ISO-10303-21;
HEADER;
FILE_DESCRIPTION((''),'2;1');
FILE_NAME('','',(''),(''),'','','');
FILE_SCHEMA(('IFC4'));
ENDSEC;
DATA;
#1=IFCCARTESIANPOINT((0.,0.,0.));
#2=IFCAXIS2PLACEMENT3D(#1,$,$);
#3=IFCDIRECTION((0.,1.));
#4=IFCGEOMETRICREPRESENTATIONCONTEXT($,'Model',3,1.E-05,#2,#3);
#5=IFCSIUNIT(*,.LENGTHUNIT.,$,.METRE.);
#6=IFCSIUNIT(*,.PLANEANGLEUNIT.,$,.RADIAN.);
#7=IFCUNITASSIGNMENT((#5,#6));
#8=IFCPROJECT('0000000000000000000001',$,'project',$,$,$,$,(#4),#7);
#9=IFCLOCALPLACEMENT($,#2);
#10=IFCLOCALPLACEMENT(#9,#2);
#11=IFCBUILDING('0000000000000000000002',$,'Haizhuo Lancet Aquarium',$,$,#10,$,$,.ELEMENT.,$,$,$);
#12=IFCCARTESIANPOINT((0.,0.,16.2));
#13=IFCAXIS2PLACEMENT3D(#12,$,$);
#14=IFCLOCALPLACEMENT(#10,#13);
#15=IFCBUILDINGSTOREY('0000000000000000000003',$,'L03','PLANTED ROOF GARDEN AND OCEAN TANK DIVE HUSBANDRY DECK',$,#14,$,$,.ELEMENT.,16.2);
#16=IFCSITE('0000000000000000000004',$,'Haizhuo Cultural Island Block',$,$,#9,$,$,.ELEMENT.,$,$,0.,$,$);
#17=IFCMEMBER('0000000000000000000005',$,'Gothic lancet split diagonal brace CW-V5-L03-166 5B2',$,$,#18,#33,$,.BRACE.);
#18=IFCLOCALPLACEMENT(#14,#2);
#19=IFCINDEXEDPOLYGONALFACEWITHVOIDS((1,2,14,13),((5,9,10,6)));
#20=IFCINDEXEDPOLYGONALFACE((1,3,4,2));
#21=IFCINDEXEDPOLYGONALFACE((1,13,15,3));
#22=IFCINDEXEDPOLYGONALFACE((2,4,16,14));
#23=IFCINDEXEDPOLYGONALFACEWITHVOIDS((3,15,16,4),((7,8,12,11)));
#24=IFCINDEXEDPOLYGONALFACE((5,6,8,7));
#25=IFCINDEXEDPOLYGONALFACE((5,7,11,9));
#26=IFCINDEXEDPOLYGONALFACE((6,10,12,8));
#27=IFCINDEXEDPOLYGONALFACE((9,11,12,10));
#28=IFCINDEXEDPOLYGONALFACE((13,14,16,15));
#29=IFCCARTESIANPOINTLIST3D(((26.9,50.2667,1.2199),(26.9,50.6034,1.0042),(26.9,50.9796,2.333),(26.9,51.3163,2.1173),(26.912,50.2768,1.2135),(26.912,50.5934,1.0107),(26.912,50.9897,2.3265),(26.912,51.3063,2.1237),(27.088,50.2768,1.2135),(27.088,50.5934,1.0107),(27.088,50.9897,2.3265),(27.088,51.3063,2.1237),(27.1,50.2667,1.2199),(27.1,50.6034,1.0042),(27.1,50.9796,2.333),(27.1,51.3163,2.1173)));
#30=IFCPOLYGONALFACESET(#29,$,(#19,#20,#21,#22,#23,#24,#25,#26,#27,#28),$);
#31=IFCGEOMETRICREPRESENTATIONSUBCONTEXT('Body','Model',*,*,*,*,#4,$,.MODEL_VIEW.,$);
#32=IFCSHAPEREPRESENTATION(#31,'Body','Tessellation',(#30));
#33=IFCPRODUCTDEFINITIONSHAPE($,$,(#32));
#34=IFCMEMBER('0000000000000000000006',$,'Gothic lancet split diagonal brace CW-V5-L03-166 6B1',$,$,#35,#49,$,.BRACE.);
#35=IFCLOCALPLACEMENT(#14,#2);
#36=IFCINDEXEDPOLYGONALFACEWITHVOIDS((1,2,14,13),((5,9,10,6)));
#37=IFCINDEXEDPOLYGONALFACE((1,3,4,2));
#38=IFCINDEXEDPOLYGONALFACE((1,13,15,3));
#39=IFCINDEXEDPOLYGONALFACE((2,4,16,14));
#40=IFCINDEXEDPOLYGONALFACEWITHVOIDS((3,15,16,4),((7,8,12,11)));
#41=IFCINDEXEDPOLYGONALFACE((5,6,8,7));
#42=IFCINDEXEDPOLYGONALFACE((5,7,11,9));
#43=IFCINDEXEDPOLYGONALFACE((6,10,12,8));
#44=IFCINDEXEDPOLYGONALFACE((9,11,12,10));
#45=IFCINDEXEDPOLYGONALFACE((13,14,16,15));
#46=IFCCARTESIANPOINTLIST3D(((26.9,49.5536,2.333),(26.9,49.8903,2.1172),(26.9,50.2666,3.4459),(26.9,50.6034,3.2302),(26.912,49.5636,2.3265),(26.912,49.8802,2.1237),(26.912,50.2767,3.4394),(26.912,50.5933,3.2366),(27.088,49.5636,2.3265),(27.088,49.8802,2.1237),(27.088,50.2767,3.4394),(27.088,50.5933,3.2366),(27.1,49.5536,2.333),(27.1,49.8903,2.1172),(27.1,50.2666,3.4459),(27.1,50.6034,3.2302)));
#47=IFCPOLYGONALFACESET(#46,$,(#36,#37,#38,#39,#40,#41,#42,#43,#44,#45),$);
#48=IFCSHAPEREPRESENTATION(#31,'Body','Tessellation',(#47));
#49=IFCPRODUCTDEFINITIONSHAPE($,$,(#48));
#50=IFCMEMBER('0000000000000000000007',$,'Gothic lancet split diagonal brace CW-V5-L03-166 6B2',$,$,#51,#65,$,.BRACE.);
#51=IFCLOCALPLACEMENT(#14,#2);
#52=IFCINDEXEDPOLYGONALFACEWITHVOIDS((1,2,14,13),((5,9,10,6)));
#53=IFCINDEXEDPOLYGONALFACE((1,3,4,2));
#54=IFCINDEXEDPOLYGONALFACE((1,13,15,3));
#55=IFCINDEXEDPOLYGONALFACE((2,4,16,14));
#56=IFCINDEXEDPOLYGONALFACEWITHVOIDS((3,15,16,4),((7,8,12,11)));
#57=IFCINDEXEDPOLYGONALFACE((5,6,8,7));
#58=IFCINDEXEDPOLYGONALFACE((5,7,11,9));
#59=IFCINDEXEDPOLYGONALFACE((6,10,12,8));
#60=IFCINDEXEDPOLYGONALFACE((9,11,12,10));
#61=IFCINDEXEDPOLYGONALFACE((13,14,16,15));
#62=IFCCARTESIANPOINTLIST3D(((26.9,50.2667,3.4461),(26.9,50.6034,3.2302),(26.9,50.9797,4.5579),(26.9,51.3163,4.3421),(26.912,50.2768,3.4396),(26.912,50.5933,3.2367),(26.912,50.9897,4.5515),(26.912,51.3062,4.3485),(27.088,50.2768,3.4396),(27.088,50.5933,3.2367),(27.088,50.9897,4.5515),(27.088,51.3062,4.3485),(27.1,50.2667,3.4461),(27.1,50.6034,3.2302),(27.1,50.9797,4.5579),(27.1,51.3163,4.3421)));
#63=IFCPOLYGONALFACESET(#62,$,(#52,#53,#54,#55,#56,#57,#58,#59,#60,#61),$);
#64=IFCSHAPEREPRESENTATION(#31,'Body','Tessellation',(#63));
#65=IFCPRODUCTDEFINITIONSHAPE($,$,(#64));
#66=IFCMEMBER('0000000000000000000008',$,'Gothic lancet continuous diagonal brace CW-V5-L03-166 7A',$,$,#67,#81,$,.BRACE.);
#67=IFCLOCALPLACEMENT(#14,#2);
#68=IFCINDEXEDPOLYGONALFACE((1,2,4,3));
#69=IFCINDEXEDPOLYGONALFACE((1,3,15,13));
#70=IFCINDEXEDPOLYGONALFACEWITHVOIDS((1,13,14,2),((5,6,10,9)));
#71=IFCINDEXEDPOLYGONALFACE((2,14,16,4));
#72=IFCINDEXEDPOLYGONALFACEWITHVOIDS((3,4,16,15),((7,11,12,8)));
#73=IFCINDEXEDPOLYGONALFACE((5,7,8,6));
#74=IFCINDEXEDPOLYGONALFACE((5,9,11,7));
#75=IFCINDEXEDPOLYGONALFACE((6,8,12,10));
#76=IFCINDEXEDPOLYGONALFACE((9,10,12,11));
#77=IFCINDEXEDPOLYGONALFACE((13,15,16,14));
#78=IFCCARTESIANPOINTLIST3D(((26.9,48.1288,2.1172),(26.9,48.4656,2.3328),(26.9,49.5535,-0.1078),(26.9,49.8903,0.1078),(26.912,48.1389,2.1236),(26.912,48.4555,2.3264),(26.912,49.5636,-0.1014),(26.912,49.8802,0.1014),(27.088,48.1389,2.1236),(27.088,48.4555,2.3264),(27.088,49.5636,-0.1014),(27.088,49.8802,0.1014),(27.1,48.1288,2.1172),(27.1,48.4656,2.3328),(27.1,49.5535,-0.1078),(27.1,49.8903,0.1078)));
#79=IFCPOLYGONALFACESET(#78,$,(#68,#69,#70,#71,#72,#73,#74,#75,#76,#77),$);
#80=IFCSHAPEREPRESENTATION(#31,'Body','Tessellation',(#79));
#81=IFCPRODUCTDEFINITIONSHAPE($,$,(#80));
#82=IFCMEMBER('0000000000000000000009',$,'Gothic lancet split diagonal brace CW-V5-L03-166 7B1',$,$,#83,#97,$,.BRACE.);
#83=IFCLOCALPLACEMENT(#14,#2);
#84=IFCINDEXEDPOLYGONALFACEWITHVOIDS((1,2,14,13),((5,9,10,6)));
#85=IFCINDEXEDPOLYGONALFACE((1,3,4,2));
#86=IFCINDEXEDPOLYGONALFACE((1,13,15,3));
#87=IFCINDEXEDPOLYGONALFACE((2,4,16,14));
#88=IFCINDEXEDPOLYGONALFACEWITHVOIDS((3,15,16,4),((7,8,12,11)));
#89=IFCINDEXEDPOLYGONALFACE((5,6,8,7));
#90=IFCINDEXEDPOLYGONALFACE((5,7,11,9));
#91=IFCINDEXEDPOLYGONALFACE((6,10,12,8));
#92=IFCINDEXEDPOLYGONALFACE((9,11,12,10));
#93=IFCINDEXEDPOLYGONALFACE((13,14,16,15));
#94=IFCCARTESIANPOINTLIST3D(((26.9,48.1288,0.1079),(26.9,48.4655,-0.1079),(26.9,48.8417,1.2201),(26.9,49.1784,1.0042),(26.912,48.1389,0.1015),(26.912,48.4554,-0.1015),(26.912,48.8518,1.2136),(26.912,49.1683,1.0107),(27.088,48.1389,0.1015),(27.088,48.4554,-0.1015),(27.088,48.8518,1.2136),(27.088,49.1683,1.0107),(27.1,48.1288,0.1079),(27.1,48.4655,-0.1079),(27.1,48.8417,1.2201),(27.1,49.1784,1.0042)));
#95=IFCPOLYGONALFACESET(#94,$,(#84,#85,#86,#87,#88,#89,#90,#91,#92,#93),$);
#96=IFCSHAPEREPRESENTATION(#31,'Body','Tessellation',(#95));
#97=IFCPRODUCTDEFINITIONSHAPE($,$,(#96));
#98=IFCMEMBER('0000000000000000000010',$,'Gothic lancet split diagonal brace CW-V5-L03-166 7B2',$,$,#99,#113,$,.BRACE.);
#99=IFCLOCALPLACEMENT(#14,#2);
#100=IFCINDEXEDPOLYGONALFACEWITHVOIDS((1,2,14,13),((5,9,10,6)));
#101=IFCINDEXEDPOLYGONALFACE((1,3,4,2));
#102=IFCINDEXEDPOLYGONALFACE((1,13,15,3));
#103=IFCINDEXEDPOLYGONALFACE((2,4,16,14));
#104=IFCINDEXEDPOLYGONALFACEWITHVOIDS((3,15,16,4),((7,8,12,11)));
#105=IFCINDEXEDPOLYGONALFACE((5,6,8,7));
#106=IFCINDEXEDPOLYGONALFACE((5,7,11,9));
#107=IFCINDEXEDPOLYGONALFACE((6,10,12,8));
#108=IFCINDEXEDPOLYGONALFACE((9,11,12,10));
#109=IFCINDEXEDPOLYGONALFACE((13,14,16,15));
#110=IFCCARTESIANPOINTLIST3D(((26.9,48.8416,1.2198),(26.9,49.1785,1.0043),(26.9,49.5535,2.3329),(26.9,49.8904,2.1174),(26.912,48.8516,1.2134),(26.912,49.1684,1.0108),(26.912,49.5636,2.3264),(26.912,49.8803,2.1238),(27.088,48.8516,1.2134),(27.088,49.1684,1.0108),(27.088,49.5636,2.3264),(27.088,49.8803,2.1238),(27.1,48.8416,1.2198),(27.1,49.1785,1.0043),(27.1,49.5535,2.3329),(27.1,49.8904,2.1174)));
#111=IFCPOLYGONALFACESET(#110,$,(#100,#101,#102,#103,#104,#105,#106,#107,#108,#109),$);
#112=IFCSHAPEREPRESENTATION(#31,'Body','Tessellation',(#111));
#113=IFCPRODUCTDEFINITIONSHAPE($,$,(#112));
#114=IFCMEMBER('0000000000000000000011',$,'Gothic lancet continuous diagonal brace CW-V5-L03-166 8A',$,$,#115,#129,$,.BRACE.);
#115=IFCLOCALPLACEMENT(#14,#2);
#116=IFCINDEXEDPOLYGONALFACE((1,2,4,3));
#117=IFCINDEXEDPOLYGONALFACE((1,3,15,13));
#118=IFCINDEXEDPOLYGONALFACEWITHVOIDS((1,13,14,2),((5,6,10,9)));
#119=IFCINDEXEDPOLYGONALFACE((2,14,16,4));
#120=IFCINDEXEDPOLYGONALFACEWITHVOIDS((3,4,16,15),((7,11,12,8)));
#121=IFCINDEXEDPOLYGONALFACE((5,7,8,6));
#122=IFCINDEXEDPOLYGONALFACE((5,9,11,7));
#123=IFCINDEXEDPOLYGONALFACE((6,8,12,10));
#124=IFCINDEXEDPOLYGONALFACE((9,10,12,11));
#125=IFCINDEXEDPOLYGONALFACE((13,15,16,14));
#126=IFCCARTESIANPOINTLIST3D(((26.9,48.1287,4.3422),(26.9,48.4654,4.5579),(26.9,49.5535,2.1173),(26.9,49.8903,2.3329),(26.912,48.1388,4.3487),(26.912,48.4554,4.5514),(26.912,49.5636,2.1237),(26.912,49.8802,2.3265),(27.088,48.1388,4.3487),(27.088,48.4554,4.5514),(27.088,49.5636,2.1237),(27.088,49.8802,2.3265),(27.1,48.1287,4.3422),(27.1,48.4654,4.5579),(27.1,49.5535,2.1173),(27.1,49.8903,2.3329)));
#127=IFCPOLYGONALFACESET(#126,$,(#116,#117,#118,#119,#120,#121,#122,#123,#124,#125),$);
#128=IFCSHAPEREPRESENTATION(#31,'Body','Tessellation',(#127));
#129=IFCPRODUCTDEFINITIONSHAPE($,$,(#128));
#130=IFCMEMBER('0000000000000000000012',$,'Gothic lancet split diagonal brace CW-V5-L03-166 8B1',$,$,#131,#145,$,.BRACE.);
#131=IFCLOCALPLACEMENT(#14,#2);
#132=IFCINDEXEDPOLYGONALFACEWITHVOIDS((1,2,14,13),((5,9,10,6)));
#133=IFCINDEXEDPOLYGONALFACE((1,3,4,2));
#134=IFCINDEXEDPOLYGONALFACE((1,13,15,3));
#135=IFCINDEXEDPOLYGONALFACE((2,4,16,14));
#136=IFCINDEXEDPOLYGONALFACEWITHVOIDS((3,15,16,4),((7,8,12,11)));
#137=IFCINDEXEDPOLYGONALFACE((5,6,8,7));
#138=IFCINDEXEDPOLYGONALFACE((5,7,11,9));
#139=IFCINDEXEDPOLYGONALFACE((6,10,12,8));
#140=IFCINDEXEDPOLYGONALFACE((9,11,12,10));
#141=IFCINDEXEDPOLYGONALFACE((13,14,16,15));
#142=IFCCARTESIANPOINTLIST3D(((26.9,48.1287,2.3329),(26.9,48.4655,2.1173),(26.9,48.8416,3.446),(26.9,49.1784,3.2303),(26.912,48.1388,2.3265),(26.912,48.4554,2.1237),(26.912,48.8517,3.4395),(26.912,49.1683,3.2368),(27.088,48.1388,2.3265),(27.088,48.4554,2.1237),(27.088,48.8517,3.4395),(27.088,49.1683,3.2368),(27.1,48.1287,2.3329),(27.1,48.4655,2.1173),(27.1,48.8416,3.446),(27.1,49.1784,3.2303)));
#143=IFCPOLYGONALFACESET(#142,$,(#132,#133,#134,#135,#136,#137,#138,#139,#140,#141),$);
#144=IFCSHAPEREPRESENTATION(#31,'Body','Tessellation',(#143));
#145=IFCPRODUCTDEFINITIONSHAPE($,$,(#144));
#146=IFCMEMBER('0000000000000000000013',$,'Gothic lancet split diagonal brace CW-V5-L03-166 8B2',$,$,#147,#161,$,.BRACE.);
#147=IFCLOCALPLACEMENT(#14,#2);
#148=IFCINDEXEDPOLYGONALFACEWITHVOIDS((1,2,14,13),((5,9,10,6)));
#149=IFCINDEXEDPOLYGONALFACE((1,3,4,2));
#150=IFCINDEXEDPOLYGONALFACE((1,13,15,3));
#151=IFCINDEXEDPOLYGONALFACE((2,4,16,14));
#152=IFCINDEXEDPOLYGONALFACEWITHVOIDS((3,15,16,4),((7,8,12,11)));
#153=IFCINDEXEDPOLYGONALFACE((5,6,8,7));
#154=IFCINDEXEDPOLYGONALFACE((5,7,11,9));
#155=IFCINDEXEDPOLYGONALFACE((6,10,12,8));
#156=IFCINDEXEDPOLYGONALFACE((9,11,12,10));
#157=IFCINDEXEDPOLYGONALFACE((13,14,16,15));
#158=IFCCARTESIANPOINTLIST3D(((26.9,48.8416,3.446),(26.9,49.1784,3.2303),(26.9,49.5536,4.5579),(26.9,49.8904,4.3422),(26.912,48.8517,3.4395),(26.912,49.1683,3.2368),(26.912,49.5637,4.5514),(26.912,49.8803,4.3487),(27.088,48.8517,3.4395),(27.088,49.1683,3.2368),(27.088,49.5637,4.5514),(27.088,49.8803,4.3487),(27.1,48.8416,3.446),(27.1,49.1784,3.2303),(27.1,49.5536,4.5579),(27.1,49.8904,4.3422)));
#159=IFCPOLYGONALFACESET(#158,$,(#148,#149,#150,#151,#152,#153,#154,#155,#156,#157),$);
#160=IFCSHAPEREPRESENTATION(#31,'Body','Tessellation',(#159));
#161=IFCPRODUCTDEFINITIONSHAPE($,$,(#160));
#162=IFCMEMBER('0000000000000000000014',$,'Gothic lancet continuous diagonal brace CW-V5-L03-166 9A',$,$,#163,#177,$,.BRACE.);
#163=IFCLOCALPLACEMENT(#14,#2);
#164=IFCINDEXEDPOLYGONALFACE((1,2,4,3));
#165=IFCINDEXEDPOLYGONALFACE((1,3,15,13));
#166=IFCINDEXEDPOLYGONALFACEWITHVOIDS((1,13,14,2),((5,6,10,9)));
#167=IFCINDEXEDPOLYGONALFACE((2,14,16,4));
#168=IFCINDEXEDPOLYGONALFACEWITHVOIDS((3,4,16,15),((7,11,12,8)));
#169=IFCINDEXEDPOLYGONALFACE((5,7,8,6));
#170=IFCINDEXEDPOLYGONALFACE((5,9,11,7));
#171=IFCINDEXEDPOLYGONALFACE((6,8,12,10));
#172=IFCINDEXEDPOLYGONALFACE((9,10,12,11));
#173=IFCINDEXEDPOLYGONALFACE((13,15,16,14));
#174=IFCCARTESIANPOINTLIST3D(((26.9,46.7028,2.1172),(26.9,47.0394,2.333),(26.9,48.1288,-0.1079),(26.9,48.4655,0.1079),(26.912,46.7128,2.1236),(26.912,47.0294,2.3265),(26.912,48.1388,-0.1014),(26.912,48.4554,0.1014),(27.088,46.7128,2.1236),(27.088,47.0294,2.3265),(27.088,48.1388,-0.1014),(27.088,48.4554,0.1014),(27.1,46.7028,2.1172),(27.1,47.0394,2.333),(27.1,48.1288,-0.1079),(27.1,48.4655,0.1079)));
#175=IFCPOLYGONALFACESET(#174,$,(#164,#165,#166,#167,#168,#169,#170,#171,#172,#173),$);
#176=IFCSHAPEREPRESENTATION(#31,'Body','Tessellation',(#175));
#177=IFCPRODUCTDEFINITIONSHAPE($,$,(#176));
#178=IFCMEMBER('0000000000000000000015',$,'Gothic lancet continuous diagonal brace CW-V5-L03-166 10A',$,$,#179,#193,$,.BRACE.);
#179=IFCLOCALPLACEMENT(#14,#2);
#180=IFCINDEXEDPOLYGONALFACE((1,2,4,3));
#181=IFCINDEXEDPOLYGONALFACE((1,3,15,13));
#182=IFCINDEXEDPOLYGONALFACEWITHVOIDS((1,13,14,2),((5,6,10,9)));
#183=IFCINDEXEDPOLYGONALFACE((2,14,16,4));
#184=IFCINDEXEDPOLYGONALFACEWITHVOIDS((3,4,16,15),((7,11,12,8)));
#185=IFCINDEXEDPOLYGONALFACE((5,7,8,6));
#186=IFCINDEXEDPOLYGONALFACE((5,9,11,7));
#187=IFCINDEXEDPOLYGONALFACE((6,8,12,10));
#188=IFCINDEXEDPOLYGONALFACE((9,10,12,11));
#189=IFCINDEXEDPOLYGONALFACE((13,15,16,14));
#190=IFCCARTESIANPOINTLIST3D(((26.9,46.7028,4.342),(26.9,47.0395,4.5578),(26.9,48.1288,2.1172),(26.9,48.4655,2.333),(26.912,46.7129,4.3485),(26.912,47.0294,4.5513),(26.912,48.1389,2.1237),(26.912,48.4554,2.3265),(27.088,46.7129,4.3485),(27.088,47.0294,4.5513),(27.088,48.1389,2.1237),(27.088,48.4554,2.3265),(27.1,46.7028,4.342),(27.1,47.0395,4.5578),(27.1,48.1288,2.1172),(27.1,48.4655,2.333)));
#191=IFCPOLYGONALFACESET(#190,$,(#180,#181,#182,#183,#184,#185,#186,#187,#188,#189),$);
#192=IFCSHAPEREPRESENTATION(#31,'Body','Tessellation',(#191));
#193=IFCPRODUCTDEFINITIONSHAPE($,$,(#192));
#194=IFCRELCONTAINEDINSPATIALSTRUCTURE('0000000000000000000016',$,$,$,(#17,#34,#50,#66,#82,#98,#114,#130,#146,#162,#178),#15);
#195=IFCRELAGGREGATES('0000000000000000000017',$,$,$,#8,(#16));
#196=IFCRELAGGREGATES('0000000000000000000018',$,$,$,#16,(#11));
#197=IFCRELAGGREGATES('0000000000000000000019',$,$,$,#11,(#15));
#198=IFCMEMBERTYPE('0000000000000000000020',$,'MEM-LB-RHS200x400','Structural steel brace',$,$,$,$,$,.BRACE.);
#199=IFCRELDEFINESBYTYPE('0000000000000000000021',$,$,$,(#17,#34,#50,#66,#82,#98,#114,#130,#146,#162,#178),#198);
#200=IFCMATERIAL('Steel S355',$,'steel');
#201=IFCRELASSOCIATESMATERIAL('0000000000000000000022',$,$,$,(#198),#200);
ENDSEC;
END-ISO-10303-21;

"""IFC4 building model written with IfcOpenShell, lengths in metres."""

from ifc_helpers import new_model, si_unit, direction, frame, origin, origin_2d, place, context, subcontext, project, spatial, hollow_rectangle, extrude, material, material_profile, profile_set, type_object, element, save


model = new_model("IFC4")

# Units and contexts
model_context = context("Model", 3, precision=1e-05, world=origin(), true_north=direction((0.0, 1.0)))
body_context = subcontext(model_context, "Body", "Model", "MODEL_VIEW")
ifc_project = project(units=[si_unit("LENGTHUNIT", "METRE"), si_unit("PLANEANGLEUNIT", "RADIAN")], contexts=[model_context])

# Site, building, storey
site_placement = place(None, origin())
site = spatial("IfcSite", under=ifc_project, at=site_placement, Name="Haizhuo Cultural Island Block", CompositionType="ELEMENT", RefElevation=0.0)
building_placement = place(site_placement, origin())
building = spatial("IfcBuilding", under=site, at=building_placement, Name="Haizhuo Lancet Aquarium", CompositionType="ELEMENT")
storey_placement = place(building_placement, frame((0.0, 0.0, 16.2)))
storey = spatial("IfcBuildingStorey", under=building, at=storey_placement, Name="L03", Description="PLANTED ROOF GARDEN AND OCEAN TANK DIVE HUSBANDRY DECK", CompositionType="ELEMENT", Elevation=16.2)

# Members
ifc_material_1 = material(Name="Steel S355", Category="steel")
ifc_material_profile_1 = material_profile(ifc_material_1, hollow_rectangle(XDim=0.2, YDim=0.3999, WallThickness=0.012, at=origin_2d()), Name="RHS 200x400x12")
ifc_profile_set_1 = profile_set([ifc_material_profile_1], Name="Steel S355")
member_type_1 = type_object("IfcMemberType", Name="MEM-LB-RHS200x400", Description="Structural steel brace", PredefinedType="BRACE", material=ifc_profile_set_1)
for number, where, z_axis, x_axis, name in (
    (1, (27.0, 50.4351, 1.1121), (0.0, 0.539347, 0.842083), (-1.0, 0.0, 0.0), "Gothic lancet split diagonal brace CW-V5-L03-166 5B2"),
    (2, (27.0, 49.7219, 2.2251), (0.0, 0.539478, 0.842), (-1.0, 0.0, 0.0), "Gothic lancet split diagonal brace CW-V5-L03-166 6B1"),
):
    element("IfcMember", number, at=place(storey_placement, frame(where, z_axis=z_axis, x_axis=x_axis)), inside=storey, type_object=member_type_1, Name=name, PredefinedType="BRACE", context=body_context, shape_type="SweptSolid", body=[
        extrude(hollow_rectangle(XDim=0.2, YDim=0.3999, WallThickness=0.012, at=origin_2d()), origin(), (0.0, 0.0, 1.0), 1.3218),
    ])
member_1_placement = place(storey_placement, frame((27.0, 50.4351, 3.3381), z_axis=(0.0, 0.539767, 0.841815), x_axis=(-1.0, 0.0, 0.0)))
element("IfcMember", 3, at=member_1_placement, inside=storey, type_object=member_type_1, Name="Gothic lancet split diagonal brace CW-V5-L03-166 6B2", PredefinedType="BRACE", context=body_context, shape_type="SweptSolid", body=[
    extrude(hollow_rectangle(XDim=0.2, YDim=0.3999, WallThickness=0.012, at=origin_2d()), origin(), (0.0, 0.0, 1.0), 1.3208),
])
member_2_placement = place(storey_placement, frame((27.0, 49.7219, 0.0), z_axis=(0.0, -0.539253, 0.842144), x_axis=(1.0, 0.0, 0.0)))
element("IfcMember", 4, at=member_2_placement, inside=storey, type_object=member_type_1, Name="Gothic lancet continuous diagonal brace CW-V5-L03-166 7A", PredefinedType="BRACE", context=body_context, shape_type="SweptSolid", body=[
    extrude(hollow_rectangle(XDim=0.2, YDim=0.3999, WallThickness=0.012, at=origin_2d()), origin(), (0.0, 0.0, 1.0), 2.6421),
])
member_3_placement = place(storey_placement, frame((27.0, 48.2971, 0.0), z_axis=(0.0, 0.539683, 0.841868), x_axis=(-1.0, 0.0, 0.0)))
element("IfcMember", 5, at=member_3_placement, inside=storey, type_object=member_type_1, Name="Gothic lancet split diagonal brace CW-V5-L03-166 7B1", PredefinedType="BRACE", context=body_context, shape_type="SweptSolid", body=[
    extrude(hollow_rectangle(XDim=0.2, YDim=0.3999, WallThickness=0.012, at=origin_2d()), origin(), (0.0, 0.0, 1.0), 1.321),
])
member_4_placement = place(storey_placement, frame((27.0, 49.01, 1.1121), z_axis=(0.0, 0.538823, 0.842419), x_axis=(-1.0, 0.0, 0.0)))
element("IfcMember", 6, at=member_4_placement, inside=storey, type_object=member_type_1, Name="Gothic lancet split diagonal brace CW-V5-L03-166 7B2", PredefinedType="BRACE", context=body_context, shape_type="SweptSolid", body=[
    extrude(hollow_rectangle(XDim=0.2, YDim=0.3999, WallThickness=0.012, at=origin_2d()), origin(), (0.0, 0.0, 1.0), 1.3213),
])
member_5_placement = place(storey_placement, frame((27.0, 49.7219, 2.2251), z_axis=(0.0, -0.539295, 0.842117), x_axis=(1.0, 0.0, 0.0)))
element("IfcMember", 7, at=member_5_placement, inside=storey, type_object=member_type_1, Name="Gothic lancet continuous diagonal brace CW-V5-L03-166 8A", PredefinedType="BRACE", context=body_context, shape_type="SweptSolid", body=[
    extrude(hollow_rectangle(XDim=0.2, YDim=0.3999, WallThickness=0.012, at=origin_2d()), origin(), (0.0, 0.0, 1.0), 2.6421),
])
member_6_placement = place(storey_placement, frame((27.0, 48.2971, 2.2251), z_axis=(0.0, 0.539347, 0.842083), x_axis=(-1.0, 0.0, 0.0)))
element("IfcMember", 8, at=member_6_placement, inside=storey, type_object=member_type_1, Name="Gothic lancet split diagonal brace CW-V5-L03-166 8B1", PredefinedType="BRACE", context=body_context, shape_type="SweptSolid", body=[
    extrude(hollow_rectangle(XDim=0.2, YDim=0.3999, WallThickness=0.012, at=origin_2d()), origin(), (0.0, 0.0, 1.0), 1.3218),
])
member_7_placement = place(storey_placement, frame((27.0, 49.01, 3.3381), z_axis=(0.0, 0.539243, 0.84215), x_axis=(-1.0, 0.0, 0.0)))
element("IfcMember", 9, at=member_7_placement, inside=storey, type_object=member_type_1, Name="Gothic lancet split diagonal brace CW-V5-L03-166 8B2", PredefinedType="BRACE", context=body_context, shape_type="SweptSolid", body=[
    extrude(hollow_rectangle(XDim=0.2, YDim=0.3999, WallThickness=0.012, at=origin_2d()), origin(), (0.0, 0.0, 1.0), 1.3203),
])
member_8_placement = place(storey_placement, frame((27.0, 48.2971, 0.0), z_axis=(0.0, -0.53958, 0.841934), x_axis=(1.0, 0.0, 0.0)))
element("IfcMember", 10, at=member_8_placement, inside=storey, type_object=member_type_1, Name="Gothic lancet continuous diagonal brace CW-V5-L03-166 9A", PredefinedType="BRACE", context=body_context, shape_type="SweptSolid", body=[
    extrude(hollow_rectangle(XDim=0.2, YDim=0.3999, WallThickness=0.012, at=origin_2d()), origin(), (0.0, 0.0, 1.0), 2.6428),
])
member_9_placement = place(storey_placement, frame((27.0, 48.2971, 2.2251), z_axis=(0.0, -0.539622, 0.841907), x_axis=(1.0, 0.0, 0.0)))
element("IfcMember", 11, at=member_9_placement, inside=storey, type_object=member_type_1, Name="Gothic lancet continuous diagonal brace CW-V5-L03-166 10A", PredefinedType="BRACE", context=body_context, shape_type="SweptSolid", body=[
    extrude(hollow_rectangle(XDim=0.2, YDim=0.3999, WallThickness=0.012, at=origin_2d()), origin(), (0.0, 0.0, 1.0), 2.6426),
])

save(model, "model.ifc")
